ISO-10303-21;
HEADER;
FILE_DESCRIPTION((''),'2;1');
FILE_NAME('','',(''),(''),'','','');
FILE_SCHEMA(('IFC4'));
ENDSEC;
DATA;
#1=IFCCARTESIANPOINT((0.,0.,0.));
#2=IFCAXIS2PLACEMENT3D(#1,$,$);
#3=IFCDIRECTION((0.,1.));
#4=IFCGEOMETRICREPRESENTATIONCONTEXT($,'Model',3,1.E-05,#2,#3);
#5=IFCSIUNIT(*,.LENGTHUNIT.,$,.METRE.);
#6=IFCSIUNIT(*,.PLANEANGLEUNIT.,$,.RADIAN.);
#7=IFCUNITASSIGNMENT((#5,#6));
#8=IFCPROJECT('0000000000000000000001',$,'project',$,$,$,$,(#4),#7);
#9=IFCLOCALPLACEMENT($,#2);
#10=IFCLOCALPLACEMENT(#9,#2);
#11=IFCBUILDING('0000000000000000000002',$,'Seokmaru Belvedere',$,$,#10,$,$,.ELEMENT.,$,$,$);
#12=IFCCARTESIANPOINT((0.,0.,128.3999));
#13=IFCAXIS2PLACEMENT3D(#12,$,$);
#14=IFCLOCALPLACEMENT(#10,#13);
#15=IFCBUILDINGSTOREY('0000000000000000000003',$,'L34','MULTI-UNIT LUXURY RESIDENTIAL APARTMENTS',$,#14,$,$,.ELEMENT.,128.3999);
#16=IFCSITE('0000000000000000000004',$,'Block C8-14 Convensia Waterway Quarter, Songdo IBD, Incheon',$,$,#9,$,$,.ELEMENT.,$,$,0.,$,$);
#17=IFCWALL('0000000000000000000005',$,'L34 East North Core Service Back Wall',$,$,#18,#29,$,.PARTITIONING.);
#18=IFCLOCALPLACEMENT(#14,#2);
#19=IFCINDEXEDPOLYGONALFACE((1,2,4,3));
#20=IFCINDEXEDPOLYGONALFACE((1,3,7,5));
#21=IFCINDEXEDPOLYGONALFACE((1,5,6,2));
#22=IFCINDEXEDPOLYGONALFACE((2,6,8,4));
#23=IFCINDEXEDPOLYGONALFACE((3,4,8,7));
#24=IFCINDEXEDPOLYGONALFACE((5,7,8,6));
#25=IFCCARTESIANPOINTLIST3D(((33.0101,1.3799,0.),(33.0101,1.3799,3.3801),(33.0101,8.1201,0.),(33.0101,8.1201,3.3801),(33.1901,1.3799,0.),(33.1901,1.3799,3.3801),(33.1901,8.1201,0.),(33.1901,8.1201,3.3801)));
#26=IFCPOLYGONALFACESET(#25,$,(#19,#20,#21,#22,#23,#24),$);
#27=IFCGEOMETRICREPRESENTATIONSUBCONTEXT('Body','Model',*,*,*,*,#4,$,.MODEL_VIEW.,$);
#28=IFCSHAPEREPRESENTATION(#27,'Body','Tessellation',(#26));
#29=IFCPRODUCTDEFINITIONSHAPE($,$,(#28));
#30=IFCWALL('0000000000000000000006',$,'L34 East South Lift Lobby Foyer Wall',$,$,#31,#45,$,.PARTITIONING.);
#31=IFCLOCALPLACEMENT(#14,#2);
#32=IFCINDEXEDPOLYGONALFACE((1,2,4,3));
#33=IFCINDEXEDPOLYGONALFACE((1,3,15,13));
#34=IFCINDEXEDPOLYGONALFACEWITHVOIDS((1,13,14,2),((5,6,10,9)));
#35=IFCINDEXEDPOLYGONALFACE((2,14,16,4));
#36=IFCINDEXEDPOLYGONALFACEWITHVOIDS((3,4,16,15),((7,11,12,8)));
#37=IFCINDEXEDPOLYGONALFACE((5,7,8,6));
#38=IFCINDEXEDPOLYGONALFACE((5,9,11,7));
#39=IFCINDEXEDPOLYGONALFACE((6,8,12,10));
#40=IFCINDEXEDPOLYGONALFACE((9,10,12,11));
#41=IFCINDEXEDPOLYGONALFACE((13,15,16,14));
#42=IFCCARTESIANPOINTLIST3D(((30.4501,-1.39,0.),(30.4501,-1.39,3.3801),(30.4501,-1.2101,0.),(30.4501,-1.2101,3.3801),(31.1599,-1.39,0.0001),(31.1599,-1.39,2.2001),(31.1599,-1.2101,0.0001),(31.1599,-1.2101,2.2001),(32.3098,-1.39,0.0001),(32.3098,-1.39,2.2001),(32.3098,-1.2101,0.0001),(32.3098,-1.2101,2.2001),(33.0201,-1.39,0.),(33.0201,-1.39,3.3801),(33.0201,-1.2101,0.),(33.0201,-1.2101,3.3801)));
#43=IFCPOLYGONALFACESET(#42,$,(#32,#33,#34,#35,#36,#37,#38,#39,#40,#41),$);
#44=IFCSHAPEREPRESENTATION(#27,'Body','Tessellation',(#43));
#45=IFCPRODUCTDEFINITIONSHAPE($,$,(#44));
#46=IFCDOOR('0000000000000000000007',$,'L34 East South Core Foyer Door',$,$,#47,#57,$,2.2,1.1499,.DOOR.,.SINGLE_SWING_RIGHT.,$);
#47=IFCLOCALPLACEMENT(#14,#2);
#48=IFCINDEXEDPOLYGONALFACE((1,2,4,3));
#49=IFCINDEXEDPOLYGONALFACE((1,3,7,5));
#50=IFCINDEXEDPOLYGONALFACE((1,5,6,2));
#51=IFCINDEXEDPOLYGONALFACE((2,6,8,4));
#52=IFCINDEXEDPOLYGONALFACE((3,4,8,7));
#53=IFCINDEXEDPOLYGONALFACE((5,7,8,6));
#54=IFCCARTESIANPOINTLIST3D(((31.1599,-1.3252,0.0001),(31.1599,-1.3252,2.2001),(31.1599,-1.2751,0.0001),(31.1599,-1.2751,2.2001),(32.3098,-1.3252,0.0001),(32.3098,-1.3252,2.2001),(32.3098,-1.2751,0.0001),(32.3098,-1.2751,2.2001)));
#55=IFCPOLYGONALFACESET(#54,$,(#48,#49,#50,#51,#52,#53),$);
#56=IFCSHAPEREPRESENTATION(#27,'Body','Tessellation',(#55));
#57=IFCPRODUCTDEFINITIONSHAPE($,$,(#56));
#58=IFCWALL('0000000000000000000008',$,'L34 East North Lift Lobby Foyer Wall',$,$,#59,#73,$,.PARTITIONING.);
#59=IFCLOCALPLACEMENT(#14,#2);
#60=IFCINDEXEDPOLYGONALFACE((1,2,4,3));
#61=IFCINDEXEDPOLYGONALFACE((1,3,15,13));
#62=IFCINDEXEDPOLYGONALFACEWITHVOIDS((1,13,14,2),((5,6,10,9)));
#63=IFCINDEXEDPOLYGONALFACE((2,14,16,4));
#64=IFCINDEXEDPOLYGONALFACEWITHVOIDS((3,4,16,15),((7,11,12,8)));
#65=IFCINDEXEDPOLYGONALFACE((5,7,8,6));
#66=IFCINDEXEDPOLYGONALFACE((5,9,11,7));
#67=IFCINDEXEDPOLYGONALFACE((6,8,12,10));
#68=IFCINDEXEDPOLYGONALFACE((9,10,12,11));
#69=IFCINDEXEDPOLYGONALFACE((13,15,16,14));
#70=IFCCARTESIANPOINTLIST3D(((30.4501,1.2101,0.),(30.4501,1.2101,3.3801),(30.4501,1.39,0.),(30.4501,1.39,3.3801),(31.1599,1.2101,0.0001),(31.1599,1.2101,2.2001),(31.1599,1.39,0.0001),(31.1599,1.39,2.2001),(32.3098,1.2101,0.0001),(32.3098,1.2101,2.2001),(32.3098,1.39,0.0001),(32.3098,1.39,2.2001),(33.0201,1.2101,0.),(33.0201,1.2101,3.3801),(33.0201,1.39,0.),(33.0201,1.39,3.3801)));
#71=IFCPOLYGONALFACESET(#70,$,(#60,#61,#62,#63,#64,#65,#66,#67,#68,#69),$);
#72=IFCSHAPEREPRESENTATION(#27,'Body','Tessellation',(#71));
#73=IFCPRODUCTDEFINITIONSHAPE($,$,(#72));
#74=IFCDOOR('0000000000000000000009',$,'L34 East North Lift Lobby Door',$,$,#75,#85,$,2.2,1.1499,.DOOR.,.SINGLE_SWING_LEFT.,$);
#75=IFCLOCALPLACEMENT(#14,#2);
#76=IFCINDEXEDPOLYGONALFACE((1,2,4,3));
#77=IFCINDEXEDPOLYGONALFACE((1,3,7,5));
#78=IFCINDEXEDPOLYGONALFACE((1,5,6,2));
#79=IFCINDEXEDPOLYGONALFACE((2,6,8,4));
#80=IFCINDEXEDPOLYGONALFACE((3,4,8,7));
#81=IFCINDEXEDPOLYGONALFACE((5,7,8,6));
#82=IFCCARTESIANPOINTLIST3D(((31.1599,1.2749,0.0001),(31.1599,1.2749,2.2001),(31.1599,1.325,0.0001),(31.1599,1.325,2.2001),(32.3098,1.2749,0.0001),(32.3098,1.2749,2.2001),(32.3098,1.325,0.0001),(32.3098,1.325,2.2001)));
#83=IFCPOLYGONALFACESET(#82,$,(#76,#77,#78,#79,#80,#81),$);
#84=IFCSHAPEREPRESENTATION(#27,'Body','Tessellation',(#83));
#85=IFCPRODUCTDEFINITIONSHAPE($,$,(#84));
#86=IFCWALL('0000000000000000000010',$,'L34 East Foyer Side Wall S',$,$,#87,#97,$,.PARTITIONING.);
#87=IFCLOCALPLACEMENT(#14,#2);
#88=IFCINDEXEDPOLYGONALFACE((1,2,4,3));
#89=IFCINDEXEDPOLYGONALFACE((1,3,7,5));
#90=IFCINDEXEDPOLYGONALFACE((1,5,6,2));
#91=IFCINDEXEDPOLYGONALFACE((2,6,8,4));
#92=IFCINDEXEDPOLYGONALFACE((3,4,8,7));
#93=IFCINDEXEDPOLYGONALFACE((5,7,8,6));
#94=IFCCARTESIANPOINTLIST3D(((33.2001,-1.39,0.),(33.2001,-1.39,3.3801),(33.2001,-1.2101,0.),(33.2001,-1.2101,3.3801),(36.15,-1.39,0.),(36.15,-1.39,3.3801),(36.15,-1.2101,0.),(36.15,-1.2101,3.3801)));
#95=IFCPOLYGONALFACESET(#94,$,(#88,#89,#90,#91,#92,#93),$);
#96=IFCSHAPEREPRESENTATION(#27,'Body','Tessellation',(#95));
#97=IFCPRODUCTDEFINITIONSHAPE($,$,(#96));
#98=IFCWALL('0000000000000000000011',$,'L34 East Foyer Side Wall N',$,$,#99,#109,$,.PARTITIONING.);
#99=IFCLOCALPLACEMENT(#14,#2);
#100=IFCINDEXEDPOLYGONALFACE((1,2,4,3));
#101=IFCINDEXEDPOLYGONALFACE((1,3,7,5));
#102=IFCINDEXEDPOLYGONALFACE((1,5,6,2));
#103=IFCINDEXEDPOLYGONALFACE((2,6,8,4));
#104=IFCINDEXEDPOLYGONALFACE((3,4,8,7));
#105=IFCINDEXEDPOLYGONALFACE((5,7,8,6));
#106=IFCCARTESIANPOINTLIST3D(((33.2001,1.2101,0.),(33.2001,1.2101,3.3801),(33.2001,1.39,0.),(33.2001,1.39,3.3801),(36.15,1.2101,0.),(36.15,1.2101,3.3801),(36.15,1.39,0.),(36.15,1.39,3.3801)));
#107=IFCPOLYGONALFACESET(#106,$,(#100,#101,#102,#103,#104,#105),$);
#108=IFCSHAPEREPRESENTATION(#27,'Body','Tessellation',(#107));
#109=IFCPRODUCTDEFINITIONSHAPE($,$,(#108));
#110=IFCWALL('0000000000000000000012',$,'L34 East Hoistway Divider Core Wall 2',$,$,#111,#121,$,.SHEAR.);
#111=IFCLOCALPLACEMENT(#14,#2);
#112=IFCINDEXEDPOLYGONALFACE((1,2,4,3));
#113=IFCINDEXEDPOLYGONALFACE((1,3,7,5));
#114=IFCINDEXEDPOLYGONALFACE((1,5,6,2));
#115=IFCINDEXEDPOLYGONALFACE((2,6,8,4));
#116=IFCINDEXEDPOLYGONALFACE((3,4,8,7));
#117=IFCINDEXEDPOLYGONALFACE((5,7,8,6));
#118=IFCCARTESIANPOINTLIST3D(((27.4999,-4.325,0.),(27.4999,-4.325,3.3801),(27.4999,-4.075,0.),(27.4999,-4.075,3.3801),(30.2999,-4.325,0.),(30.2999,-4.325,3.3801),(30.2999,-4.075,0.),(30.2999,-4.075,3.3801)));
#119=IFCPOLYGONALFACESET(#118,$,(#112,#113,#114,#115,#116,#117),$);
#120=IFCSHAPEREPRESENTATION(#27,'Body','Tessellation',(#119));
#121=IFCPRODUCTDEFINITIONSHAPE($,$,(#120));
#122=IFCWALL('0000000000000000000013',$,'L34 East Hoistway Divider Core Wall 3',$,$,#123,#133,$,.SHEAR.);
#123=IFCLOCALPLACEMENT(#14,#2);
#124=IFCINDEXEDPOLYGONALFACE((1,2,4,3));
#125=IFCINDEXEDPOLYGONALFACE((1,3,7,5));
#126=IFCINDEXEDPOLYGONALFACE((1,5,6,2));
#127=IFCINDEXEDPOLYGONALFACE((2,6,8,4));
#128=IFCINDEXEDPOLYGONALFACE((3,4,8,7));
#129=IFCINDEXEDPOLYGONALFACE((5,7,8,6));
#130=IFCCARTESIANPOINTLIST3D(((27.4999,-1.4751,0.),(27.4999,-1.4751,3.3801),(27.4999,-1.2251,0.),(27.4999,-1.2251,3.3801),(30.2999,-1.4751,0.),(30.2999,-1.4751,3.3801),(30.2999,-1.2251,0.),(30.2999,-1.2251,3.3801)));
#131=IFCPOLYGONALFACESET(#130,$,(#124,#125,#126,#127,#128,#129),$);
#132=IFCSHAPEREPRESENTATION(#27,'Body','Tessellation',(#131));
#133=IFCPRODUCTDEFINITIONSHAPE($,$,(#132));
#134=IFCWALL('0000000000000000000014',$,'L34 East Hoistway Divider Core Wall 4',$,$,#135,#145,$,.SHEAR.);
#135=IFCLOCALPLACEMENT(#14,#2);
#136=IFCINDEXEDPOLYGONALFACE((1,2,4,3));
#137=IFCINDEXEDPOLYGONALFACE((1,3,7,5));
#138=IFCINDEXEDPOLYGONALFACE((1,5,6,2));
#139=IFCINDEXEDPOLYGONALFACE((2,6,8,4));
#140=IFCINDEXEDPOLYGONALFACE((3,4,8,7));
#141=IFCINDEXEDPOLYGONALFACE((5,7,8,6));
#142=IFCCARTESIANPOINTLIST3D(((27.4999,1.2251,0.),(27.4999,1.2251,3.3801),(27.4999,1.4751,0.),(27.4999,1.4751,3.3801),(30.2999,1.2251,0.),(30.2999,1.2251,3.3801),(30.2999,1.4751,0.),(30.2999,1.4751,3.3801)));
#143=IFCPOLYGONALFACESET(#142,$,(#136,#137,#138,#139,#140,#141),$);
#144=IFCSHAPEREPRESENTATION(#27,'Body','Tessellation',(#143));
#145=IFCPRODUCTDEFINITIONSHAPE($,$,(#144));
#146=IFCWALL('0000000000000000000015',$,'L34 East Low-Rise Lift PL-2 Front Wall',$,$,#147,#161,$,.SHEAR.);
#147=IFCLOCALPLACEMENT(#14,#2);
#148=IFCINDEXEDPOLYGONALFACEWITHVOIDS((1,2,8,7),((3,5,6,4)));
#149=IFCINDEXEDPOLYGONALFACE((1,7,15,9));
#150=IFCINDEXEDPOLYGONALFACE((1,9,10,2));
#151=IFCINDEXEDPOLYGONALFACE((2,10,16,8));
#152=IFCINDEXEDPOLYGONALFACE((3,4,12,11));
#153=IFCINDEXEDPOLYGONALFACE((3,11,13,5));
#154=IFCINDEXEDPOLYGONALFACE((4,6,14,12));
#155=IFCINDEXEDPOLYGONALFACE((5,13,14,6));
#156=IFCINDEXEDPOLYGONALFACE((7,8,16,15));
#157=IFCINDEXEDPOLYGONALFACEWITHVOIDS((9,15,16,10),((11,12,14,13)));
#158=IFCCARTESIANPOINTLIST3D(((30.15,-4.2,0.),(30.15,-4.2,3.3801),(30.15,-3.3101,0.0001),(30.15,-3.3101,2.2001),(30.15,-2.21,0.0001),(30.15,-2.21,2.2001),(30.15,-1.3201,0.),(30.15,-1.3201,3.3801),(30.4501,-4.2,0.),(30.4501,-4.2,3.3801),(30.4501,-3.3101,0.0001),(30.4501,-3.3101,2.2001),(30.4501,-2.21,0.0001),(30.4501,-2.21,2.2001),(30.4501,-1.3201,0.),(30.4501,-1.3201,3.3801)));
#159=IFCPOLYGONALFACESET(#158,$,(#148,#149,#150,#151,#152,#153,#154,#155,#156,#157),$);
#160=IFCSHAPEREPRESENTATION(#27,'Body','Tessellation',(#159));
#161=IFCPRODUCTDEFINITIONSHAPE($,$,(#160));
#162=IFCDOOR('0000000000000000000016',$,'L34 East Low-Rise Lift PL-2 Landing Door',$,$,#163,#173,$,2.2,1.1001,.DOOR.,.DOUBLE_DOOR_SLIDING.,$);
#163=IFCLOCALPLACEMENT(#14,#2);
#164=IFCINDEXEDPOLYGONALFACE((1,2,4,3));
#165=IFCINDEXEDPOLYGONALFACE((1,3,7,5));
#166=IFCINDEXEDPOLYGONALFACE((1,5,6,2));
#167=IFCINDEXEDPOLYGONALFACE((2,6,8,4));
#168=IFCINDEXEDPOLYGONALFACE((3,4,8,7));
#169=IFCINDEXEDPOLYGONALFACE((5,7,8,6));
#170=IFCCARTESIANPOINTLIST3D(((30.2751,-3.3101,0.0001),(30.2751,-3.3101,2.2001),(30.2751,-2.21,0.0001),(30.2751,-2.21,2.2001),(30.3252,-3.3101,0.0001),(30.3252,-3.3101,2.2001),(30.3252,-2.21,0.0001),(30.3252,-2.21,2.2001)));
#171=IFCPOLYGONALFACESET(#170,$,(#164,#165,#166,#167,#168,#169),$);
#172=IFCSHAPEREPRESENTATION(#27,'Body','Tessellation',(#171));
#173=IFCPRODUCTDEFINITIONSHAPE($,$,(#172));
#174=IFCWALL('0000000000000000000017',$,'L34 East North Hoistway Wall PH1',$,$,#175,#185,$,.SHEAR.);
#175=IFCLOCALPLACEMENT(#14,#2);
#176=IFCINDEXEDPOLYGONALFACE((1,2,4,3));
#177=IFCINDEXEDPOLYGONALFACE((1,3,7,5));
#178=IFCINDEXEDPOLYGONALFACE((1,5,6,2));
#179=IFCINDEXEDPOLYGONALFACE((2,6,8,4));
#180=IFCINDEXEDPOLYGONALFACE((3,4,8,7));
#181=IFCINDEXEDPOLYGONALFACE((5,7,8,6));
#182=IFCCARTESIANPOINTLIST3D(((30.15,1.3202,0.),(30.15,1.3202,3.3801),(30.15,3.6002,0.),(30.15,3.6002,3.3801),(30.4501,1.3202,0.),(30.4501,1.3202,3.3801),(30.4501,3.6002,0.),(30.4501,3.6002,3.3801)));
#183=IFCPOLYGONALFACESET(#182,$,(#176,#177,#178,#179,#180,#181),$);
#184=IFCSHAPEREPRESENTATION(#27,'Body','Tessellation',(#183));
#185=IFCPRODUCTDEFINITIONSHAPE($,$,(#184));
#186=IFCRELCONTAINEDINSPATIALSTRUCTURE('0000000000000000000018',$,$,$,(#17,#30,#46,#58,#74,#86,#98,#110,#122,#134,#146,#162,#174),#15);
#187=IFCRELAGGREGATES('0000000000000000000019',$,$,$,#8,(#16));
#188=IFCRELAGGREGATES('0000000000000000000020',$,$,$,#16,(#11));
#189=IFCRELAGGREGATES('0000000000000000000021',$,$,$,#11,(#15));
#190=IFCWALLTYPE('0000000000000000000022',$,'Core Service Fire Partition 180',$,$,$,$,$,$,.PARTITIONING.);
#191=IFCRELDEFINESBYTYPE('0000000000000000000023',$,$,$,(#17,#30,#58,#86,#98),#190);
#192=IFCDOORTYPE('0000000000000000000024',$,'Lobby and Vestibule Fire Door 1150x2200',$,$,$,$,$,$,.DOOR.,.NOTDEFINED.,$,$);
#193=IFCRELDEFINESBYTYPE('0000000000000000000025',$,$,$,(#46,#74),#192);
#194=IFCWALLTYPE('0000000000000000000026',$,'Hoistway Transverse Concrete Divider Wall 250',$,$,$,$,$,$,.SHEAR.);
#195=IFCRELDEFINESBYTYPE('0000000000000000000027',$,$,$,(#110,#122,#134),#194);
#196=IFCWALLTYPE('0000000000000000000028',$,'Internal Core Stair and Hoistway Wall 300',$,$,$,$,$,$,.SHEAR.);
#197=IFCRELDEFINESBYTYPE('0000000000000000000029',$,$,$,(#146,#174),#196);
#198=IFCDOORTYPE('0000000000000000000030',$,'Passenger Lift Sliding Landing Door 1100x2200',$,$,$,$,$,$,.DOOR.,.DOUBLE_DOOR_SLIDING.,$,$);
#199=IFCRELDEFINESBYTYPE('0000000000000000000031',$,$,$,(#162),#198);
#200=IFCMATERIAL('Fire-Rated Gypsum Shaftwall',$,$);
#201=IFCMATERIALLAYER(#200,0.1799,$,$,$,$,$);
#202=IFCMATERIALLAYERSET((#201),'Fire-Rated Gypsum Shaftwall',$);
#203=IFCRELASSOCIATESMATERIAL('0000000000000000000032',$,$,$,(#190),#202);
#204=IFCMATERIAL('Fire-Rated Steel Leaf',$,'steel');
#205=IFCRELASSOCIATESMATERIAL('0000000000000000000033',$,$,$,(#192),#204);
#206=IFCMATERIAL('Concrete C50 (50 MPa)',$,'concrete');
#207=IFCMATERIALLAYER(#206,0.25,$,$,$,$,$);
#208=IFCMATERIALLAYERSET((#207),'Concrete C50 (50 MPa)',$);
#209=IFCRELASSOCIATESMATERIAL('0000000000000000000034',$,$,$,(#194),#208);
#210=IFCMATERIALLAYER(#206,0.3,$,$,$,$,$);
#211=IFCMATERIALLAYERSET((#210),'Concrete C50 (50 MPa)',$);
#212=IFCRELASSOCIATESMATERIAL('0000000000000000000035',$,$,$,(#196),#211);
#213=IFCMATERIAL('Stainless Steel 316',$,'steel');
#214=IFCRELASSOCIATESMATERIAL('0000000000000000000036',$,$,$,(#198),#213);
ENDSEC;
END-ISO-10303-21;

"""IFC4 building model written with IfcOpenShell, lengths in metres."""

from ifc_helpers import new_model, si_unit, direction, frame, frame_2d, origin, place, context, subcontext, project, spatial, rectangle, extrude, source, transform, mapped, material, layer, layer_set, type_object, type_shapes, element, fill, save


model = new_model("IFC4")

# Units and contexts
model_context = context("Model", 3, precision=1e-05, world=origin(), true_north=direction((0.0, 1.0)))
body_context = subcontext(model_context, "Body", "Model", "MODEL_VIEW")
ifc_project = project(units=[si_unit("LENGTHUNIT", "METRE"), si_unit("PLANEANGLEUNIT", "RADIAN")], contexts=[model_context])

# Site, building, storey
site_placement = place(None, origin())
site = spatial("IfcSite", under=ifc_project, at=site_placement, Name="Block C8-14 Convensia Waterway Quarter, Songdo IBD, Incheon", CompositionType="ELEMENT", RefElevation=0.0)
building_placement = place(site_placement, origin())
building = spatial("IfcBuilding", under=site, at=building_placement, Name="Seokmaru Belvedere", CompositionType="ELEMENT")
storey_placement = place(building_placement, frame((0.0, 0.0, 128.3999)))
storey = spatial("IfcBuildingStorey", under=building, at=storey_placement, Name="L34", Description="MULTI-UNIT LUXURY RESIDENTIAL APARTMENTS", CompositionType="ELEMENT", Elevation=128.3999)

# Wall
ifc_material_1 = material(Name="Fire-Rated Gypsum Shaftwall")
ifc_layer_1 = layer(ifc_material_1, 0.1799)
ifc_layer_set_1 = layer_set([ifc_layer_1], Name="Fire-Rated Gypsum Shaftwall")
wall_type_1 = type_object("IfcWallType", Name="Core Service Fire Partition 180", PredefinedType="PARTITIONING", material=ifc_layer_set_1)
wall_1_placement = place(storey_placement, frame((33.1001, 1.3799, 0.0), z_axis=(0.0, 0.0, 1.0), x_axis=(0.0, 1.0, 0.0)))
element("IfcWall", 1, at=wall_1_placement, inside=storey, type_object=wall_type_1, Name="L34 East North Core Service Back Wall", PredefinedType="PARTITIONING", context=body_context, shape_type="SweptSolid", body=[
    extrude(rectangle(XDim=6.7402, YDim=0.1799, at=frame_2d((3.3701, 0.0))), origin(), (0.0, 0.0, 1.0), 3.3801),
])

# Walls, openings, doors
wall_2_placement = place(storey_placement, frame((30.45, -1.3, 0.0), z_axis=(0.0, 0.0, 1.0), x_axis=(1.0, 0.0, 0.0)))
wall_2 = element("IfcWall", 2, at=wall_2_placement, inside=storey, type_object=wall_type_1, Name="L34 East South Lift Lobby Foyer Wall", PredefinedType="PARTITIONING", context=body_context, shape_type="SweptSolid", body=[
    extrude(rectangle(XDim=2.5701, YDim=0.1799, at=frame_2d((1.2852, 0.0))), origin(), (0.0, 0.0, 1.0), 3.3801),
])
opening_1_placement = place(wall_2_placement, frame((0.71, 0.0, 0.0)))
opening_1 = element("IfcOpeningElement", 3, at=opening_1_placement, cuts=wall_2, PredefinedType="OPENING", context=body_context, shape_type="SweptSolid", body=[
    extrude(rectangle(XDim=1.1499, YDim=2.2, at=frame_2d((0.575, 1.1001))), frame((0.0, 0.1001, 0.0), z_axis=(0.0, -1.0, 0.0), x_axis=(1.0, 0.0, 0.0)), (0.0, 0.0, 1.0), 0.2),
])
ifc_material_2 = material(Name="Fire-Rated Steel Leaf", Category="steel")
door_type_1 = type_object("IfcDoorType", Name="Lobby and Vestibule Fire Door 1150x2200", OperationType="NOTDEFINED", PredefinedType="DOOR", material=ifc_material_2)
shared_shape_1 = source(origin(), body_context, "Body", "SweptSolid", [
    extrude(rectangle(XDim=1.1499, YDim=2.2, at=frame_2d((0.575, 1.1001))), frame((0.0, 0.0249, 0.0), z_axis=(0.0, -1.0, 0.0), x_axis=(1.0, 0.0, 0.0)), (0.0, 0.0, 1.0), 0.05),
])
type_shapes(door_type_1, [shared_shape_1])
door_1_placement = place(opening_1_placement, origin())
door_1 = element("IfcDoor", 4, at=door_1_placement, inside=storey, type_object=door_type_1, Name="L34 East South Core Foyer Door", OperationType="SINGLE_SWING_RIGHT", OverallHeight=2.2, OverallWidth=1.1499, PredefinedType="DOOR", context=body_context, shape_type="MappedRepresentation", body=[
    mapped(shared_shape_1, transform((0.0, 0.0, 0.0), scale=1.0)),
])
fill(opening_1, door_1)
wall_3_placement = place(storey_placement, frame((30.45, 1.3, 0.0), z_axis=(0.0, 0.0, 1.0), x_axis=(1.0, 0.0, 0.0)))
wall_3 = element("IfcWall", 5, at=wall_3_placement, inside=storey, type_object=wall_type_1, Name="L34 East North Lift Lobby Foyer Wall", PredefinedType="PARTITIONING", context=body_context, shape_type="SweptSolid", body=[
    extrude(rectangle(XDim=2.5701, YDim=0.1799, at=frame_2d((1.2852, 0.0))), origin(), (0.0, 0.0, 1.0), 3.3801),
])
opening_2_placement = place(wall_3_placement, frame((0.71, 0.0, 0.0)))
opening_2 = element("IfcOpeningElement", 6, at=opening_2_placement, cuts=wall_3, PredefinedType="OPENING", context=body_context, shape_type="SweptSolid", body=[
    extrude(rectangle(XDim=1.1499, YDim=2.2, at=frame_2d((0.575, 1.1001))), frame((0.0, 0.1001, 0.0), z_axis=(0.0, -1.0, 0.0), x_axis=(1.0, 0.0, 0.0)), (0.0, 0.0, 1.0), 0.2),
])
door_2_placement = place(opening_2_placement, origin())
door_2 = element("IfcDoor", 7, at=door_2_placement, inside=storey, type_object=door_type_1, Name="L34 East North Lift Lobby Door", OperationType="SINGLE_SWING_LEFT", OverallHeight=2.2, OverallWidth=1.1499, PredefinedType="DOOR", context=body_context, shape_type="MappedRepresentation", body=[
    mapped(shared_shape_1, transform((0.0, 0.0, 0.0), scale=1.0)),
])
fill(opening_2, door_2)

# Walls
for number, where, z_axis, x_axis, name in (
    (8, (33.2, -1.3, 0.0), (0.0, 0.0, 1.0), (1.0, 0.0, 0.0), "L34 East Foyer Side Wall S"),
    (9, (33.2, 1.3, 0.0), (0.0, 0.0, 1.0), (1.0, 0.0, 0.0), "L34 East Foyer Side Wall N"),
):
    element("IfcWall", number, at=place(storey_placement, frame(where, z_axis=z_axis, x_axis=x_axis)), inside=storey, type_object=wall_type_1, Name=name, PredefinedType="PARTITIONING", context=body_context, shape_type="SweptSolid", body=[
        extrude(rectangle(XDim=2.95, YDim=0.1799, at=frame_2d((1.4751, 0.0))), origin(), (0.0, 0.0, 1.0), 3.3801),
    ])
ifc_material_3 = material(Name="Concrete C50 (50 MPa)", Category="concrete")
ifc_layer_2 = layer(ifc_material_3, 0.25)
ifc_layer_set_2 = layer_set([ifc_layer_2], Name="Concrete C50 (50 MPa)")
wall_type_2 = type_object("IfcWallType", Name="Hoistway Transverse Concrete Divider Wall 250", PredefinedType="SHEAR", material=ifc_layer_set_2)
for number, where, z_axis, x_axis, name in (
    (10, (27.5, -4.2, 0.0), (0.0, 0.0, 1.0), (1.0, 0.0, 0.0), "L34 East Hoistway Divider Core Wall 2"),
    (11, (27.5, -1.3501, 0.0), (0.0, 0.0, 1.0), (1.0, 0.0, 0.0), "L34 East Hoistway Divider Core Wall 3"),
    (12, (27.5, 1.3501, 0.0), (0.0, 0.0, 1.0), (1.0, 0.0, 0.0), "L34 East Hoistway Divider Core Wall 4"),
):
    element("IfcWall", number, at=place(storey_placement, frame(where, z_axis=z_axis, x_axis=x_axis)), inside=storey, type_object=wall_type_2, Name=name, PredefinedType="SHEAR", context=body_context, shape_type="SweptSolid", body=[
        extrude(rectangle(XDim=2.8, YDim=0.25, at=frame_2d((1.3999, 0.0))), origin(), (0.0, 0.0, 1.0), 3.3801),
    ])

# Wall, opening, door
ifc_layer_3 = layer(ifc_material_3, 0.3)
ifc_layer_set_3 = layer_set([ifc_layer_3], Name="Concrete C50 (50 MPa)")
wall_type_3 = type_object("IfcWallType", Name="Internal Core Stair and Hoistway Wall 300", PredefinedType="SHEAR", material=ifc_layer_set_3)
wall_4_placement = place(storey_placement, frame((30.3, -4.2, 0.0), z_axis=(0.0, 0.0, 1.0), x_axis=(0.0, 1.0, 0.0)))
wall_4 = element("IfcWall", 13, at=wall_4_placement, inside=storey, type_object=wall_type_3, Name="L34 East Low-Rise Lift PL-2 Front Wall", PredefinedType="SHEAR", context=body_context, shape_type="SweptSolid", body=[
    extrude(rectangle(XDim=2.8799, YDim=0.3, at=frame_2d((1.4399, 0.0))), origin(), (0.0, 0.0, 1.0), 3.3801),
])
opening_3_placement = place(wall_4_placement, frame((0.8899, 0.0, 0.0)))
opening_3 = element("IfcOpeningElement", 14, at=opening_3_placement, cuts=wall_4, PredefinedType="OPENING", context=body_context, shape_type="SweptSolid", body=[
    extrude(rectangle(XDim=1.1001, YDim=2.2, at=frame_2d((0.55, 1.1001))), frame((0.0, 0.1602, 0.0), z_axis=(0.0, -1.0, 0.0), x_axis=(1.0, 0.0, 0.0)), (0.0, 0.0, 1.0), 0.3201),
])
ifc_material_4 = material(Name="Stainless Steel 316", Category="steel")
door_type_2 = type_object("IfcDoorType", Name="Passenger Lift Sliding Landing Door 1100x2200", OperationType="DOUBLE_DOOR_SLIDING", PredefinedType="DOOR", material=ifc_material_4)
shared_shape_2 = source(origin(), body_context, "Body", "SweptSolid", [
    extrude(rectangle(XDim=1.1001, YDim=2.2, at=frame_2d((0.55, 1.1001))), frame((0.0, 0.0249, 0.0), z_axis=(0.0, -1.0, 0.0), x_axis=(1.0, 0.0, 0.0)), (0.0, 0.0, 1.0), 0.05),
])
type_shapes(door_type_2, [shared_shape_2])
door_3_placement = place(opening_3_placement, origin())
door_3 = element("IfcDoor", 15, at=door_3_placement, inside=storey, type_object=door_type_2, Name="L34 East Low-Rise Lift PL-2 Landing Door", OperationType="DOUBLE_DOOR_SLIDING", OverallHeight=2.2, OverallWidth=1.1001, PredefinedType="DOOR", context=body_context, shape_type="MappedRepresentation", body=[
    mapped(shared_shape_2, transform((0.0, 0.0, 0.0), scale=1.0)),
])
fill(opening_3, door_3)

# Wall
wall_5_placement = place(storey_placement, frame((30.3, 1.3201, 0.0), z_axis=(0.0, 0.0, 1.0), x_axis=(0.0, 1.0, 0.0)))
element("IfcWall", 16, at=wall_5_placement, inside=storey, type_object=wall_type_3, Name="L34 East North Hoistway Wall PH1", PredefinedType="SHEAR", context=body_context, shape_type="SweptSolid", body=[
    extrude(rectangle(XDim=2.28, YDim=0.3, at=frame_2d((1.1401, 0.0))), origin(), (0.0, 0.0, 1.0), 3.3801),
])

save(model, "model.ifc")
